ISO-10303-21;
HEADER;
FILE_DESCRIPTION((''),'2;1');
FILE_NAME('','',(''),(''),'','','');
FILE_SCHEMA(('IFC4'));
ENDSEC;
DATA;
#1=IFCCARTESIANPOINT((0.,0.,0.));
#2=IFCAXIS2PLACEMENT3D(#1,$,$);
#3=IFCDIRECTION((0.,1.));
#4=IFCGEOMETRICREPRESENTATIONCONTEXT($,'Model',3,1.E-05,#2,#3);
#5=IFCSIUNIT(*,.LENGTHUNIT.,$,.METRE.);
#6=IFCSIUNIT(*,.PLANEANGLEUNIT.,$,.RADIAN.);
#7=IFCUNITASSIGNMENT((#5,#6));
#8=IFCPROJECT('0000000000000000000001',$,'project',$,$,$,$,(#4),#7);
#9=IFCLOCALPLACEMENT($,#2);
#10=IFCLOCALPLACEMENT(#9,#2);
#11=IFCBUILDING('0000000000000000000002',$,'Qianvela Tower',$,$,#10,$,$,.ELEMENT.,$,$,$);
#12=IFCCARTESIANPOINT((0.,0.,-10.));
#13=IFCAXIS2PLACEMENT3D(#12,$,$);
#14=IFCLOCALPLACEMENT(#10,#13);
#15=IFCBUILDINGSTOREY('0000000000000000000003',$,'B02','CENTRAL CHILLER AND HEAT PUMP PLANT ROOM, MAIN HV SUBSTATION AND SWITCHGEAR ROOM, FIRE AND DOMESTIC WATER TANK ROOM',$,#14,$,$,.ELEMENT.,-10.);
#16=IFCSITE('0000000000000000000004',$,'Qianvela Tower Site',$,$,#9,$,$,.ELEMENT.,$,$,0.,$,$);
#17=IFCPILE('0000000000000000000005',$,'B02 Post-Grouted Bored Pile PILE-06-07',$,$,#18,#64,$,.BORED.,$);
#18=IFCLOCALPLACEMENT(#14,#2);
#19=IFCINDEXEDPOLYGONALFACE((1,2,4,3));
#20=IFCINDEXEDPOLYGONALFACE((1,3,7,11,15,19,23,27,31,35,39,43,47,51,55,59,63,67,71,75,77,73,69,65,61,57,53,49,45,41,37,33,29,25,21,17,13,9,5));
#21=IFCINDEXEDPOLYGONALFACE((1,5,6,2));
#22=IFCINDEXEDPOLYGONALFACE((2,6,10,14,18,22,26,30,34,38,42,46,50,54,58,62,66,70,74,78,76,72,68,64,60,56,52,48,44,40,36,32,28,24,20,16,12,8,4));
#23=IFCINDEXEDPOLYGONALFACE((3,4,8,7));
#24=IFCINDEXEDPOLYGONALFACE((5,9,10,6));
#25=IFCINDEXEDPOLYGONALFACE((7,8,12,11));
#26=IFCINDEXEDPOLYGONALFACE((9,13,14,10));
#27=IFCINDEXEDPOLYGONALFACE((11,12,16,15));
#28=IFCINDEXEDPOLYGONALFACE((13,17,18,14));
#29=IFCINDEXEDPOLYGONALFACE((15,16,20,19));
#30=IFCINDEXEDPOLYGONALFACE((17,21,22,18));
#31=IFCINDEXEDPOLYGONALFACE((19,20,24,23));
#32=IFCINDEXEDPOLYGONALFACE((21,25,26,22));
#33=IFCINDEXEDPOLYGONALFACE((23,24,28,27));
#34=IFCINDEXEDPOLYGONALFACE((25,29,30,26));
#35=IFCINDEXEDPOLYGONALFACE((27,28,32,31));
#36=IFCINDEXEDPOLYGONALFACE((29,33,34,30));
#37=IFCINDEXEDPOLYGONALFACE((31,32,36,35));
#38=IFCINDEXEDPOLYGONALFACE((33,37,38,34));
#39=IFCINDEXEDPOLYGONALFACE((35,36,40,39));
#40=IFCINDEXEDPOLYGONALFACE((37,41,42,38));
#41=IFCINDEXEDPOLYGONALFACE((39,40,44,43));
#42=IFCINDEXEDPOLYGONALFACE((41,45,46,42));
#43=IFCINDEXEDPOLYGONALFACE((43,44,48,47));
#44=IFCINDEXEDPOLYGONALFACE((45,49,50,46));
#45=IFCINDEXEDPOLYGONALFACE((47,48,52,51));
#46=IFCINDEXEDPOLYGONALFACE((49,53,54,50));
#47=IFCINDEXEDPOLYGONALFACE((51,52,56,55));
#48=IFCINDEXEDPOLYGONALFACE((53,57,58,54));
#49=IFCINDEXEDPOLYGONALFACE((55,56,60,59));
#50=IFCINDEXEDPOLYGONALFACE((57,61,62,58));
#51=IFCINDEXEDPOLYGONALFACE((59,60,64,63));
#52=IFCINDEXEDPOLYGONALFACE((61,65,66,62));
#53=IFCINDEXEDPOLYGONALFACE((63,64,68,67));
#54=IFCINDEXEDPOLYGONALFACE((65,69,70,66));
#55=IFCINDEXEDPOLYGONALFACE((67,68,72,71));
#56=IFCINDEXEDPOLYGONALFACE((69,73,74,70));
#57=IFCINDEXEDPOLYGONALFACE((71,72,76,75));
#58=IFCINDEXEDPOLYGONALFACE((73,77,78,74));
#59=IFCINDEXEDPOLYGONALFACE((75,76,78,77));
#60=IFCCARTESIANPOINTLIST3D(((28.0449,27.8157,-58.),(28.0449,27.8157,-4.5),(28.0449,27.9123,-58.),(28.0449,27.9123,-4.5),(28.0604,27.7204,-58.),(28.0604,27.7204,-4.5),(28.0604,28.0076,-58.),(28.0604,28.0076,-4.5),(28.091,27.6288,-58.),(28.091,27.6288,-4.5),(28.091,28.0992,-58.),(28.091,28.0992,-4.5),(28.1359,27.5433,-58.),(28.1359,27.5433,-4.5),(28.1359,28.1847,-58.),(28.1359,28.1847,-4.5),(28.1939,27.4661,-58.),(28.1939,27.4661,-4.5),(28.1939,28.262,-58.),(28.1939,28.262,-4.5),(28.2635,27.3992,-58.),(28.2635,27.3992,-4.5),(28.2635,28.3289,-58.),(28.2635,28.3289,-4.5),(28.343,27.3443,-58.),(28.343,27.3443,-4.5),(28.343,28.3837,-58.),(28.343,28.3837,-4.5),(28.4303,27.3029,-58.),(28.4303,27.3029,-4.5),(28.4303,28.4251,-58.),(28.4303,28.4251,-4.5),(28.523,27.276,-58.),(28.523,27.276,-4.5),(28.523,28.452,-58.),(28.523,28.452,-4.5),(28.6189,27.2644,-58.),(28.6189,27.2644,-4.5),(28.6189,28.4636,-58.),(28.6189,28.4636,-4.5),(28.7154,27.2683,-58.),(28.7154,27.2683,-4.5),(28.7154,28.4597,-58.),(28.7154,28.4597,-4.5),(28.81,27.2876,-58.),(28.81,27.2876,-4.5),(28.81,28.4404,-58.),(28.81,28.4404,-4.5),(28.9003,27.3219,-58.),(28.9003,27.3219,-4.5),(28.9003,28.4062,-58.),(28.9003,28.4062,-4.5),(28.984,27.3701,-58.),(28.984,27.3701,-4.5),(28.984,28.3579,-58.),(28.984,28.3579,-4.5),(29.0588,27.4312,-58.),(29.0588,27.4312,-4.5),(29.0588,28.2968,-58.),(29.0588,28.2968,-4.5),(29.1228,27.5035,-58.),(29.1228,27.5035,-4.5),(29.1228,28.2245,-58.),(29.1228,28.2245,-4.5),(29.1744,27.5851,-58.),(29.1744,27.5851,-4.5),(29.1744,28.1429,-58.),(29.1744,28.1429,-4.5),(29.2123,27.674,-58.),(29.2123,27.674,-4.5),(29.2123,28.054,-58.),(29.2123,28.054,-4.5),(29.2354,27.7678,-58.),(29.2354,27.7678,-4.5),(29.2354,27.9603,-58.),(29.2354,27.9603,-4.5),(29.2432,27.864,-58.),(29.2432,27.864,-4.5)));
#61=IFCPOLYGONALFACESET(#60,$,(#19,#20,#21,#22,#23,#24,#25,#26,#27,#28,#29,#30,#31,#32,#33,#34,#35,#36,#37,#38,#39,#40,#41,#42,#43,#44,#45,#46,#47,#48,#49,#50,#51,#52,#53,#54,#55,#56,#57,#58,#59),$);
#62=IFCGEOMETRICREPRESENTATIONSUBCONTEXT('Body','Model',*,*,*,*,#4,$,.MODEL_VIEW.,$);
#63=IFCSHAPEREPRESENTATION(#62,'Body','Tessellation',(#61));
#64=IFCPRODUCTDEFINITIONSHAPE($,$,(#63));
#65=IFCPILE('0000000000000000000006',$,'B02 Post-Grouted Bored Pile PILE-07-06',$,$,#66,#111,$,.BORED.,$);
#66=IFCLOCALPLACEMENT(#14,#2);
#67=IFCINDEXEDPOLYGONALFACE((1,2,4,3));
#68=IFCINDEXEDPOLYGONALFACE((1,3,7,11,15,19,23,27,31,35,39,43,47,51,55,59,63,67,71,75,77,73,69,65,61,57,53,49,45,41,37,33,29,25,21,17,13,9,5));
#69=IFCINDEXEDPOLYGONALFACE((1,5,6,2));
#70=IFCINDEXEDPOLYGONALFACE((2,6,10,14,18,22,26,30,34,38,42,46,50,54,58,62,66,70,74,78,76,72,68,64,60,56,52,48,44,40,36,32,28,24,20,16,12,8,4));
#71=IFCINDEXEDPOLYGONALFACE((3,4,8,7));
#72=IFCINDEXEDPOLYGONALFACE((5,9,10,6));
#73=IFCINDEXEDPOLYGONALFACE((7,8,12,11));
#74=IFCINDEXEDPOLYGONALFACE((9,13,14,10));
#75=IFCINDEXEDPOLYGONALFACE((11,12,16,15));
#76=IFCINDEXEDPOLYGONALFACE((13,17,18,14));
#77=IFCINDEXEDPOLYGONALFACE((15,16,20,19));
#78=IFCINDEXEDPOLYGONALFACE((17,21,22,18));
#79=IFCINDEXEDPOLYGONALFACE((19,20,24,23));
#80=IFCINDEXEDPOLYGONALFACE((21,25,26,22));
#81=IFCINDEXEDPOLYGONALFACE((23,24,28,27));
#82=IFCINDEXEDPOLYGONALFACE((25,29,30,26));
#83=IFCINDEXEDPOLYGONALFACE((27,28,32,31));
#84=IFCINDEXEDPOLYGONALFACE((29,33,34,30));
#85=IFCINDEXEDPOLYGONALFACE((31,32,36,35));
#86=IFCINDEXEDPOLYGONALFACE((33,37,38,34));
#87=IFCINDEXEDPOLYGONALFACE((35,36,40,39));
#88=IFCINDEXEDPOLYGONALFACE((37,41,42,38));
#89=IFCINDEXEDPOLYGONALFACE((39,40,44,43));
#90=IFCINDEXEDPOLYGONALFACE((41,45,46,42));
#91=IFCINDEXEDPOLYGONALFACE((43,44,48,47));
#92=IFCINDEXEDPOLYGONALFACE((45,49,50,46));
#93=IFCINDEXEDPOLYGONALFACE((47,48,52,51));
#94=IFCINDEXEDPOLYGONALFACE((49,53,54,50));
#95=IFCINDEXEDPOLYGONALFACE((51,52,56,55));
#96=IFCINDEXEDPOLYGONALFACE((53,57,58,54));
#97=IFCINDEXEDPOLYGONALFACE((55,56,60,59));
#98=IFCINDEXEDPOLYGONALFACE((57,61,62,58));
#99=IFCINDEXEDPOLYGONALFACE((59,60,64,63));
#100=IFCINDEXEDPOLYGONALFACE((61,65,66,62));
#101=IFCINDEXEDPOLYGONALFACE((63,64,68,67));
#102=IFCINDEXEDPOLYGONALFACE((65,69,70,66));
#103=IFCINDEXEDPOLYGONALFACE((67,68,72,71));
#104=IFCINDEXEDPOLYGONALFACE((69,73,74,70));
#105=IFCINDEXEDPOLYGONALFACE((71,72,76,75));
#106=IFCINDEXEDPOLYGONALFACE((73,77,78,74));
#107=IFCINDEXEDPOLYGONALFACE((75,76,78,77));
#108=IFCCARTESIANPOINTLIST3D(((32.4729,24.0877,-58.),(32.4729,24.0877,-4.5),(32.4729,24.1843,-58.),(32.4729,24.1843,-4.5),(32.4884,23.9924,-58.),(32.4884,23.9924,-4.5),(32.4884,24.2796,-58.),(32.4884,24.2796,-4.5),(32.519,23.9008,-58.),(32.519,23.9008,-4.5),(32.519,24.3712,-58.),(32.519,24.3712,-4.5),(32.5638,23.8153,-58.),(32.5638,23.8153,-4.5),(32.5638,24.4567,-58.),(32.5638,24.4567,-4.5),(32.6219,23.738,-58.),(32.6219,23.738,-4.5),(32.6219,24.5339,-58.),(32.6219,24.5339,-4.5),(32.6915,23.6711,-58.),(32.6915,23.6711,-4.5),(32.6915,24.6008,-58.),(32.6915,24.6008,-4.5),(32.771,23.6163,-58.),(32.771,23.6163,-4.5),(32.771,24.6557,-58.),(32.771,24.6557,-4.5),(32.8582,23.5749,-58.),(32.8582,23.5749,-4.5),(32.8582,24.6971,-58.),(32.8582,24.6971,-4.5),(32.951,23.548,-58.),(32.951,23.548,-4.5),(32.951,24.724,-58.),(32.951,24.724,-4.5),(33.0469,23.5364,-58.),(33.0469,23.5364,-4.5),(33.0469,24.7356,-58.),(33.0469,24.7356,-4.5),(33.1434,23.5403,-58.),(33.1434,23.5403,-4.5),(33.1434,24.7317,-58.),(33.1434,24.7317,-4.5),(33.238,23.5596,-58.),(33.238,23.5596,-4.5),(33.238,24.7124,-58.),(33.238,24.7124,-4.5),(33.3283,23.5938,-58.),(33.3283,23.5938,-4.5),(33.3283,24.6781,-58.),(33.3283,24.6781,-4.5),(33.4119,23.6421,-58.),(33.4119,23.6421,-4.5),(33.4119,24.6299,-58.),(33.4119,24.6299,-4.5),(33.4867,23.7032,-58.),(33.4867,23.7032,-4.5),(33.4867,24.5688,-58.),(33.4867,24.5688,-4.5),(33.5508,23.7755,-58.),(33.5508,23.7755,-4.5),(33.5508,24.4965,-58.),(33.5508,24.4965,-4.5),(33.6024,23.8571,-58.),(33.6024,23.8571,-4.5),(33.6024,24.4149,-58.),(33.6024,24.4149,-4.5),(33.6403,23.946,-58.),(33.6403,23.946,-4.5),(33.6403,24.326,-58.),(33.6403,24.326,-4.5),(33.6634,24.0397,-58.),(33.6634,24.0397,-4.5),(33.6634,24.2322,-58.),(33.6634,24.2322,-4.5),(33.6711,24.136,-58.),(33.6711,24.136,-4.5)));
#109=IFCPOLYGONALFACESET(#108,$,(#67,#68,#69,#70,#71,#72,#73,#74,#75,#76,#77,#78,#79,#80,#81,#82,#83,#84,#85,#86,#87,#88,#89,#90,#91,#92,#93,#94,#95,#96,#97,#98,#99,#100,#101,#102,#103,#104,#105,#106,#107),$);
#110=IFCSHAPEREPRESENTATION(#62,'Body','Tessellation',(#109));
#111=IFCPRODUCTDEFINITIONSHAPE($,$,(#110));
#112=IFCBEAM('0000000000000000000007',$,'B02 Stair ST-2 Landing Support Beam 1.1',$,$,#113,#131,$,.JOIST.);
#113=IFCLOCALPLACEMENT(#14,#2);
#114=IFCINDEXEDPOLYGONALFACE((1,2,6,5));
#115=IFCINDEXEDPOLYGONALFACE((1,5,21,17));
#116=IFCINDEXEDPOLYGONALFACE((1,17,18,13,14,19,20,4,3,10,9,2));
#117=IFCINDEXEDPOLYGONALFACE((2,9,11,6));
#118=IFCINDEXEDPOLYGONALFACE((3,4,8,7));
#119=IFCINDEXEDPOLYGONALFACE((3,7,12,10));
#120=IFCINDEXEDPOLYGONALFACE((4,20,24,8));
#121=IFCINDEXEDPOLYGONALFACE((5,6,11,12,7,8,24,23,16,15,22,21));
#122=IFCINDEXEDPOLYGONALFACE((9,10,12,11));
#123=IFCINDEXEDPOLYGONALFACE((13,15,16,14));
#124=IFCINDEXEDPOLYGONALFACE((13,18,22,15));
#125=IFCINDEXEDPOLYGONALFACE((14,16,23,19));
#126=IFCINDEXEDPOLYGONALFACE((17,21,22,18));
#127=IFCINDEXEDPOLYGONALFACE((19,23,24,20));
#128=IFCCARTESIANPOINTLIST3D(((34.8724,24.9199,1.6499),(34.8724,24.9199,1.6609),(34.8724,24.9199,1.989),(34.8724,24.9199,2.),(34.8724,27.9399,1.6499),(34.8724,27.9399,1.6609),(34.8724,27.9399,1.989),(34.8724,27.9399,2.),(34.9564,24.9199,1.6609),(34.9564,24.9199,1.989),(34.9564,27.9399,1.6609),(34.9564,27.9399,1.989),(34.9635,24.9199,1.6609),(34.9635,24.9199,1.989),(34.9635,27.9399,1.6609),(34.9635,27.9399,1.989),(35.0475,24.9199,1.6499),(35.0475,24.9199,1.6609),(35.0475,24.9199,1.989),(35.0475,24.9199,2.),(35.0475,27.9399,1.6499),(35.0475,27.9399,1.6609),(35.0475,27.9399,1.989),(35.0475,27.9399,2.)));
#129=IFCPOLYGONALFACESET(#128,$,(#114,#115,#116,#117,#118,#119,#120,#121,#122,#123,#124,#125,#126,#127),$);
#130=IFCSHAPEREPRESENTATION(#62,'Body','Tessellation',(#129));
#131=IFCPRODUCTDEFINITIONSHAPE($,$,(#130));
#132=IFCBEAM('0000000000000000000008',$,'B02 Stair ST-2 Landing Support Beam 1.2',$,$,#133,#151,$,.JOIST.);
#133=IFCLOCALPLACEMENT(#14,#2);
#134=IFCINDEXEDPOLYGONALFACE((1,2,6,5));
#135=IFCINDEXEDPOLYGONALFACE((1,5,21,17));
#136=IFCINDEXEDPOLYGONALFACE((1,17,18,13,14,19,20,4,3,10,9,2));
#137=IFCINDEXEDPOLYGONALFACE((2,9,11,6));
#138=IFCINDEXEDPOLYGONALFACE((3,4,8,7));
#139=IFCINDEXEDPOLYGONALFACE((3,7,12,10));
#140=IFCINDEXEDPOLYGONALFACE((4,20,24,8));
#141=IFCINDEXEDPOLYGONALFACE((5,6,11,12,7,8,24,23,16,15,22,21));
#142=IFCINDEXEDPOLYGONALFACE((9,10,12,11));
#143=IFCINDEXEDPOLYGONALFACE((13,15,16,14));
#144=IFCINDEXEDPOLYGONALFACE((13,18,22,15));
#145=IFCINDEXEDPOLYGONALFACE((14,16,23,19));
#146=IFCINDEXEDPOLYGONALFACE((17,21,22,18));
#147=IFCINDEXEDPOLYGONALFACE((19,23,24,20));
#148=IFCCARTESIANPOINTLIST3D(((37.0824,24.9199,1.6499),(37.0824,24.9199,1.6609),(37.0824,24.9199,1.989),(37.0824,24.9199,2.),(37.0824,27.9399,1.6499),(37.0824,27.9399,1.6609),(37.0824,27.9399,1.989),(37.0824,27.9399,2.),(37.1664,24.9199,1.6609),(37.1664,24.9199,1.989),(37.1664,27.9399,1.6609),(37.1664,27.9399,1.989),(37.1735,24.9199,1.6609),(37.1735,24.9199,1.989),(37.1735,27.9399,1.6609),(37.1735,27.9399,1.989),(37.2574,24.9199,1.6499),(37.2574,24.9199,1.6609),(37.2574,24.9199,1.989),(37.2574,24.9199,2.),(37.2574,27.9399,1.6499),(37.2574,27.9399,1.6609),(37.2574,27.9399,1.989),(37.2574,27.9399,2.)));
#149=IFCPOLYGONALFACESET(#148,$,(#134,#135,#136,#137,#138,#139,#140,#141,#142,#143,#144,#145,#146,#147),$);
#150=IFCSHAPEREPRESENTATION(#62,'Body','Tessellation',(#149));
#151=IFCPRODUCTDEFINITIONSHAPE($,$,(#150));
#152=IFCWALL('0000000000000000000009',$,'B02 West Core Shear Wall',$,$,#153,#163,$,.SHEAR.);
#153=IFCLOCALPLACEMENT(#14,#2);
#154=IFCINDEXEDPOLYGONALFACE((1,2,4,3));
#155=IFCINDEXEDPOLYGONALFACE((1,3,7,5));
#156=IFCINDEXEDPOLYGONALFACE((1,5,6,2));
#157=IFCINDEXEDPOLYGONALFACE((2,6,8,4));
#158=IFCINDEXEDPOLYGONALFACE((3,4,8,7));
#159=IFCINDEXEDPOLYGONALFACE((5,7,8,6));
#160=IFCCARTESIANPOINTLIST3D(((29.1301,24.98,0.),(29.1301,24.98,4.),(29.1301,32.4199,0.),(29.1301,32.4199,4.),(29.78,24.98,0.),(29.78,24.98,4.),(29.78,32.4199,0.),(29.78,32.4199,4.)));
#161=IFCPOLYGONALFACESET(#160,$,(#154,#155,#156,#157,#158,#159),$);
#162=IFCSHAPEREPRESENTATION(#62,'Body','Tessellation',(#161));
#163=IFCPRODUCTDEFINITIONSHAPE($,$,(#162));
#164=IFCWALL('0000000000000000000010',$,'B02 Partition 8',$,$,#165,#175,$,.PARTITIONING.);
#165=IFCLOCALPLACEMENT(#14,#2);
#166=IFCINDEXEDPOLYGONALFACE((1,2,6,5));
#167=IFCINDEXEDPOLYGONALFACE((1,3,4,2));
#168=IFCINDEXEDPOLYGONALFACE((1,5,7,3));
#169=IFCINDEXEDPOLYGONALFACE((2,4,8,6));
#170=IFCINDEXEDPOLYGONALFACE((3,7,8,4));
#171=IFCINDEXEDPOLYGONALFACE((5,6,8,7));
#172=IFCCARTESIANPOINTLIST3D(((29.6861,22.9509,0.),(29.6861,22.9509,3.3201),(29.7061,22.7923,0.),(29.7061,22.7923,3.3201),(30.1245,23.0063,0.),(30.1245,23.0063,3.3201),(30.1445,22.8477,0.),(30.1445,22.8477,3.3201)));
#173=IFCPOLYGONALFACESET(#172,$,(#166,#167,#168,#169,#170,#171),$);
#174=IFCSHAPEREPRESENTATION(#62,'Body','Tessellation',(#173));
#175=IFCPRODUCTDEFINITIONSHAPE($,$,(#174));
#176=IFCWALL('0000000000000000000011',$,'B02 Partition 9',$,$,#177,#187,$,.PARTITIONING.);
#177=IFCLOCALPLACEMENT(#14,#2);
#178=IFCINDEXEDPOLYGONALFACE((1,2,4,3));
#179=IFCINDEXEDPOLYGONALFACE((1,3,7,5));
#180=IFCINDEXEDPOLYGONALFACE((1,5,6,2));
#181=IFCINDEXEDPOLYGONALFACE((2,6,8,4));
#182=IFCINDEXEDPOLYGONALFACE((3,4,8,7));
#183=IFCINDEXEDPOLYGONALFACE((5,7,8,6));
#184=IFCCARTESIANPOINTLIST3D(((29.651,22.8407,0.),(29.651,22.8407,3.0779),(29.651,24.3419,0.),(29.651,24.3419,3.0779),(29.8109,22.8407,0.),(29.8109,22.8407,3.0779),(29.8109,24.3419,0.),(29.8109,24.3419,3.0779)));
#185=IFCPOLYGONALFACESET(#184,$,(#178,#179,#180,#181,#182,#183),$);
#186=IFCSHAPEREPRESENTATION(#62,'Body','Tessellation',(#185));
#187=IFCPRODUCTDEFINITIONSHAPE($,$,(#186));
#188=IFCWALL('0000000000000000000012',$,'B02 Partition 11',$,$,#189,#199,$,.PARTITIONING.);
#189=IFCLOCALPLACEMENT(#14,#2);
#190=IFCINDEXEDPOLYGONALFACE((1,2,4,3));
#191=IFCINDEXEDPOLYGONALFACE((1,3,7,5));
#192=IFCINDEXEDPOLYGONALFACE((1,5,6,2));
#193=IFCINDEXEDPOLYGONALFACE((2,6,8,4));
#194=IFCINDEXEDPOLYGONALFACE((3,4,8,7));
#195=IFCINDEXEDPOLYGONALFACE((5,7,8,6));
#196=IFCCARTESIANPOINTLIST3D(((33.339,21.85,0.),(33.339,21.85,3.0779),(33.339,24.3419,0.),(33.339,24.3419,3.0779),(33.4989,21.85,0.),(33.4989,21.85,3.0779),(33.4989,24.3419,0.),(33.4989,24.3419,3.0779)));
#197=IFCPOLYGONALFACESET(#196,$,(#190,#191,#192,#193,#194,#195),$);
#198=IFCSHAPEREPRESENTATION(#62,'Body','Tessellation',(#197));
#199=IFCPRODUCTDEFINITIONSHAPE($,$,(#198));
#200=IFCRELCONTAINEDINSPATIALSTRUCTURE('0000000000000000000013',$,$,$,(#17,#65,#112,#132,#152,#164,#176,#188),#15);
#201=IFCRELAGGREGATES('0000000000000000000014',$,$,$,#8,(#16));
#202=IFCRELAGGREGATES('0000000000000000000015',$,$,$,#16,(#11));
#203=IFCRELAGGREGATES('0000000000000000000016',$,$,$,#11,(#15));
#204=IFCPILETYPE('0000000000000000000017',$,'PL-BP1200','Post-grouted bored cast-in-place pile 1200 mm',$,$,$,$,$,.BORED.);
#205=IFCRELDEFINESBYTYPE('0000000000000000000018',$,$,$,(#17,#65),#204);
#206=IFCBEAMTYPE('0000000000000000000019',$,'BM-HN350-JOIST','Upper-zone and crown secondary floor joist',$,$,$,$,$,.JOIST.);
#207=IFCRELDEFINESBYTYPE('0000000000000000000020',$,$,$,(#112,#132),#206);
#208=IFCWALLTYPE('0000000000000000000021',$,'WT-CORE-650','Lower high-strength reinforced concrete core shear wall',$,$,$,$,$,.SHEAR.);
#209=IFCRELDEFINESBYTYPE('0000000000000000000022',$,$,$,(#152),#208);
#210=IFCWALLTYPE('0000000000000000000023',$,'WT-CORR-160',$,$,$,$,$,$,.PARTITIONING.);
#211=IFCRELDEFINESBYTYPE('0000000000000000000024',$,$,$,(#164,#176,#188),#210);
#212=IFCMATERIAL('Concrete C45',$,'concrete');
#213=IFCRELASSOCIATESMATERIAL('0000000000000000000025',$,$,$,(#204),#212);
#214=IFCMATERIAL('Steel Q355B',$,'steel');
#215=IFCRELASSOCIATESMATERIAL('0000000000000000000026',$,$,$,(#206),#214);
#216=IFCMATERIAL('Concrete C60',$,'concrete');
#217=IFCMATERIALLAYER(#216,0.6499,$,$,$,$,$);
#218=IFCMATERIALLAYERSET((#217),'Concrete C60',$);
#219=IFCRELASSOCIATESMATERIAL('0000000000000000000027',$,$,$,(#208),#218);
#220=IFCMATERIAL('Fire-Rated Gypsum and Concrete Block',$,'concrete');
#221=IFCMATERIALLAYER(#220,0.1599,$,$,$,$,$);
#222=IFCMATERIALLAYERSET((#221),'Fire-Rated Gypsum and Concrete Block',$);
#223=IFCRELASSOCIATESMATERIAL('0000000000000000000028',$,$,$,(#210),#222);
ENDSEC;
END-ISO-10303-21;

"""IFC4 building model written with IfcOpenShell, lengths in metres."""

from ifc_helpers import new_model, si_unit, direction, frame, frame_2d, origin, origin_2d, place, context, subcontext, project, spatial, rectangle, circle, i_section, extrude, material, layer, layer_set, material_profile, profile_set, type_object, element, save


model = new_model("IFC4")

# Units and contexts
model_context = context("Model", 3, precision=1e-05, world=origin(), true_north=direction((0.0, 1.0)))
body_context = subcontext(model_context, "Body", "Model", "MODEL_VIEW")
ifc_project = project(units=[si_unit("LENGTHUNIT", "METRE"), si_unit("PLANEANGLEUNIT", "RADIAN")], contexts=[model_context])

# Site, building, storey
site_placement = place(None, origin())
site = spatial("IfcSite", under=ifc_project, at=site_placement, Name="Qianvela Tower Site", CompositionType="ELEMENT", RefElevation=0.0)
building_placement = place(site_placement, origin())
building = spatial("IfcBuilding", under=site, at=building_placement, Name="Qianvela Tower", CompositionType="ELEMENT")
storey_placement = place(building_placement, frame((0.0, 0.0, -10.0)))
storey = spatial("IfcBuildingStorey", under=building, at=storey_placement, Name="B02", Description="CENTRAL CHILLER AND HEAT PUMP PLANT ROOM, MAIN HV SUBSTATION AND SWITCHGEAR ROOM, FIRE AND DOMESTIC WATER TANK ROOM", CompositionType="ELEMENT", Elevation=-10.0)

# Piles
ifc_material_1 = material(Name="Concrete C45", Category="concrete")
ifc_material_profile_1 = material_profile(ifc_material_1, circle(Radius=0.6001, at=origin_2d()), Name="BP-1200")
ifc_profile_set_1 = profile_set([ifc_material_profile_1], Name="Concrete C45")
pile_type = type_object("IfcPileType", Name="PL-BP1200", Description="Post-grouted bored cast-in-place pile 1200 mm", PredefinedType="BORED", material=ifc_profile_set_1)
for number, where, z_axis, x_axis, name in (
    (1, (28.6431, 27.864, -4.5), (0.0, 0.0, -1.0), (1.0, 0.0, 0.0), "B02 Post-Grouted Bored Pile PILE-06-07"),
    (2, (33.071, 24.136, -4.5), (0.0, 0.0, -1.0), (1.0, 0.0, 0.0), "B02 Post-Grouted Bored Pile PILE-07-06"),
):
    element("IfcPile", number, at=place(storey_placement, frame(where, z_axis=z_axis, x_axis=x_axis)), inside=storey, type_object=pile_type, Name=name, PredefinedType="BORED", context=body_context, shape_type="SweptSolid", body=[
        extrude(circle(Radius=0.6001, at=origin_2d()), origin(), (0.0, 0.0, 1.0), 53.5),
    ])

# Beams
ifc_material_2 = material(Name="Steel Q355B", Category="steel")
ifc_material_profile_2 = material_profile(ifc_material_2, i_section(OverallWidth=0.175, OverallDepth=0.3501, WebThickness=0.0071, FlangeThickness=0.011, at=origin_2d()), Name="HN350x175x7x11")
ifc_profile_set_2 = profile_set([ifc_material_profile_2], Name="Steel Q355B")
beam_type = type_object("IfcBeamType", Name="BM-HN350-JOIST", Description="Upper-zone and crown secondary floor joist", PredefinedType="JOIST", material=ifc_profile_set_2)
for number, where, z_axis, x_axis, name in (
    (3, (34.96, 24.9199, 1.825), (0.0, 1.0, 0.0), (-1.0, 0.0, 0.0), "B02 Stair ST-2 Landing Support Beam 1.1"),
    (4, (37.1699, 24.9199, 1.825), (0.0, 1.0, 0.0), (-1.0, 0.0, 0.0), "B02 Stair ST-2 Landing Support Beam 1.2"),
):
    element("IfcBeam", number, at=place(storey_placement, frame(where, z_axis=z_axis, x_axis=x_axis)), inside=storey, type_object=beam_type, Name=name, PredefinedType="JOIST", context=body_context, shape_type="SweptSolid", body=[
        extrude(i_section(OverallWidth=0.175, OverallDepth=0.3501, WebThickness=0.0071, FlangeThickness=0.011, at=origin_2d()), origin(), (0.0, 0.0, 1.0), 3.02),
    ])

# Shared definitions
ifc_material_3 = material(Name="Concrete C60", Category="concrete")
ifc_layer_1 = layer(ifc_material_3, 0.6499)
ifc_layer_set_1 = layer_set([ifc_layer_1], Name="Concrete C60")
wall_type_1 = type_object("IfcWallType", Name="WT-CORE-650", Description="Lower high-strength reinforced concrete core shear wall", PredefinedType="SHEAR", material=ifc_layer_set_1)

# Walls
wall_1_placement = place(storey_placement, frame((29.4551, 24.98, 0.0), z_axis=(0.0, 0.0, 1.0), x_axis=(0.0, 1.0, 0.0)))
element("IfcWall", 5, at=wall_1_placement, inside=storey, type_object=wall_type_1, Name="B02 West Core Shear Wall", PredefinedType="SHEAR", context=body_context, shape_type="SweptSolid", body=[
    extrude(rectangle(XDim=7.4399, YDim=0.6499, at=frame_2d((3.72, 0.0))), origin(), (0.0, 0.0, 1.0), 4.0),
])
ifc_material_4 = material(Name="Fire-Rated Gypsum and Concrete Block", Category="concrete")
ifc_layer_2 = layer(ifc_material_4, 0.1599)
ifc_layer_set_2 = layer_set([ifc_layer_2], Name="Fire-Rated Gypsum and Concrete Block")
wall_type_2 = type_object("IfcWallType", Name="WT-CORR-160", PredefinedType="PARTITIONING", material=ifc_layer_set_2)
wall_2_placement = place(storey_placement, frame((30.1345, 22.927, 0.0), z_axis=(0.0, 0.0, 1.0), x_axis=(-0.992107, -0.125394, 0.0)))
element("IfcWall", 6, at=wall_2_placement, inside=storey, type_object=wall_type_2, Name="B02 Partition 8", PredefinedType="PARTITIONING", context=body_context, shape_type="SweptSolid", body=[
    extrude(rectangle(XDim=0.4419, YDim=0.1599, at=frame_2d((0.2209, 0.0))), origin(), (0.0, 0.0, 1.0), 3.3201),
])
wall_3_placement = place(storey_placement, frame((29.731, 22.8408, 0.0), z_axis=(0.0, 0.0, 1.0), x_axis=(0.0, 1.0, 0.0)))
element("IfcWall", 7, at=wall_3_placement, inside=storey, type_object=wall_type_2, Name="B02 Partition 9", PredefinedType="PARTITIONING", context=body_context, shape_type="SweptSolid", body=[
    extrude(rectangle(XDim=1.5012, YDim=0.1599, at=frame_2d((0.7505, 0.0))), origin(), (0.0, 0.0, 1.0), 3.0779),
])
wall_4_placement = place(storey_placement, frame((33.4189, 24.342, 0.0), z_axis=(0.0, 0.0, 1.0), x_axis=(0.0, -1.0, 0.0)))
element("IfcWall", 8, at=wall_4_placement, inside=storey, type_object=wall_type_2, Name="B02 Partition 11", PredefinedType="PARTITIONING", context=body_context, shape_type="SweptSolid", body=[
    extrude(rectangle(XDim=2.4919, YDim=0.1599, at=frame_2d((1.2461, 0.0))), origin(), (0.0, 0.0, 1.0), 3.0779),
])

save(model, "model.ifc")
